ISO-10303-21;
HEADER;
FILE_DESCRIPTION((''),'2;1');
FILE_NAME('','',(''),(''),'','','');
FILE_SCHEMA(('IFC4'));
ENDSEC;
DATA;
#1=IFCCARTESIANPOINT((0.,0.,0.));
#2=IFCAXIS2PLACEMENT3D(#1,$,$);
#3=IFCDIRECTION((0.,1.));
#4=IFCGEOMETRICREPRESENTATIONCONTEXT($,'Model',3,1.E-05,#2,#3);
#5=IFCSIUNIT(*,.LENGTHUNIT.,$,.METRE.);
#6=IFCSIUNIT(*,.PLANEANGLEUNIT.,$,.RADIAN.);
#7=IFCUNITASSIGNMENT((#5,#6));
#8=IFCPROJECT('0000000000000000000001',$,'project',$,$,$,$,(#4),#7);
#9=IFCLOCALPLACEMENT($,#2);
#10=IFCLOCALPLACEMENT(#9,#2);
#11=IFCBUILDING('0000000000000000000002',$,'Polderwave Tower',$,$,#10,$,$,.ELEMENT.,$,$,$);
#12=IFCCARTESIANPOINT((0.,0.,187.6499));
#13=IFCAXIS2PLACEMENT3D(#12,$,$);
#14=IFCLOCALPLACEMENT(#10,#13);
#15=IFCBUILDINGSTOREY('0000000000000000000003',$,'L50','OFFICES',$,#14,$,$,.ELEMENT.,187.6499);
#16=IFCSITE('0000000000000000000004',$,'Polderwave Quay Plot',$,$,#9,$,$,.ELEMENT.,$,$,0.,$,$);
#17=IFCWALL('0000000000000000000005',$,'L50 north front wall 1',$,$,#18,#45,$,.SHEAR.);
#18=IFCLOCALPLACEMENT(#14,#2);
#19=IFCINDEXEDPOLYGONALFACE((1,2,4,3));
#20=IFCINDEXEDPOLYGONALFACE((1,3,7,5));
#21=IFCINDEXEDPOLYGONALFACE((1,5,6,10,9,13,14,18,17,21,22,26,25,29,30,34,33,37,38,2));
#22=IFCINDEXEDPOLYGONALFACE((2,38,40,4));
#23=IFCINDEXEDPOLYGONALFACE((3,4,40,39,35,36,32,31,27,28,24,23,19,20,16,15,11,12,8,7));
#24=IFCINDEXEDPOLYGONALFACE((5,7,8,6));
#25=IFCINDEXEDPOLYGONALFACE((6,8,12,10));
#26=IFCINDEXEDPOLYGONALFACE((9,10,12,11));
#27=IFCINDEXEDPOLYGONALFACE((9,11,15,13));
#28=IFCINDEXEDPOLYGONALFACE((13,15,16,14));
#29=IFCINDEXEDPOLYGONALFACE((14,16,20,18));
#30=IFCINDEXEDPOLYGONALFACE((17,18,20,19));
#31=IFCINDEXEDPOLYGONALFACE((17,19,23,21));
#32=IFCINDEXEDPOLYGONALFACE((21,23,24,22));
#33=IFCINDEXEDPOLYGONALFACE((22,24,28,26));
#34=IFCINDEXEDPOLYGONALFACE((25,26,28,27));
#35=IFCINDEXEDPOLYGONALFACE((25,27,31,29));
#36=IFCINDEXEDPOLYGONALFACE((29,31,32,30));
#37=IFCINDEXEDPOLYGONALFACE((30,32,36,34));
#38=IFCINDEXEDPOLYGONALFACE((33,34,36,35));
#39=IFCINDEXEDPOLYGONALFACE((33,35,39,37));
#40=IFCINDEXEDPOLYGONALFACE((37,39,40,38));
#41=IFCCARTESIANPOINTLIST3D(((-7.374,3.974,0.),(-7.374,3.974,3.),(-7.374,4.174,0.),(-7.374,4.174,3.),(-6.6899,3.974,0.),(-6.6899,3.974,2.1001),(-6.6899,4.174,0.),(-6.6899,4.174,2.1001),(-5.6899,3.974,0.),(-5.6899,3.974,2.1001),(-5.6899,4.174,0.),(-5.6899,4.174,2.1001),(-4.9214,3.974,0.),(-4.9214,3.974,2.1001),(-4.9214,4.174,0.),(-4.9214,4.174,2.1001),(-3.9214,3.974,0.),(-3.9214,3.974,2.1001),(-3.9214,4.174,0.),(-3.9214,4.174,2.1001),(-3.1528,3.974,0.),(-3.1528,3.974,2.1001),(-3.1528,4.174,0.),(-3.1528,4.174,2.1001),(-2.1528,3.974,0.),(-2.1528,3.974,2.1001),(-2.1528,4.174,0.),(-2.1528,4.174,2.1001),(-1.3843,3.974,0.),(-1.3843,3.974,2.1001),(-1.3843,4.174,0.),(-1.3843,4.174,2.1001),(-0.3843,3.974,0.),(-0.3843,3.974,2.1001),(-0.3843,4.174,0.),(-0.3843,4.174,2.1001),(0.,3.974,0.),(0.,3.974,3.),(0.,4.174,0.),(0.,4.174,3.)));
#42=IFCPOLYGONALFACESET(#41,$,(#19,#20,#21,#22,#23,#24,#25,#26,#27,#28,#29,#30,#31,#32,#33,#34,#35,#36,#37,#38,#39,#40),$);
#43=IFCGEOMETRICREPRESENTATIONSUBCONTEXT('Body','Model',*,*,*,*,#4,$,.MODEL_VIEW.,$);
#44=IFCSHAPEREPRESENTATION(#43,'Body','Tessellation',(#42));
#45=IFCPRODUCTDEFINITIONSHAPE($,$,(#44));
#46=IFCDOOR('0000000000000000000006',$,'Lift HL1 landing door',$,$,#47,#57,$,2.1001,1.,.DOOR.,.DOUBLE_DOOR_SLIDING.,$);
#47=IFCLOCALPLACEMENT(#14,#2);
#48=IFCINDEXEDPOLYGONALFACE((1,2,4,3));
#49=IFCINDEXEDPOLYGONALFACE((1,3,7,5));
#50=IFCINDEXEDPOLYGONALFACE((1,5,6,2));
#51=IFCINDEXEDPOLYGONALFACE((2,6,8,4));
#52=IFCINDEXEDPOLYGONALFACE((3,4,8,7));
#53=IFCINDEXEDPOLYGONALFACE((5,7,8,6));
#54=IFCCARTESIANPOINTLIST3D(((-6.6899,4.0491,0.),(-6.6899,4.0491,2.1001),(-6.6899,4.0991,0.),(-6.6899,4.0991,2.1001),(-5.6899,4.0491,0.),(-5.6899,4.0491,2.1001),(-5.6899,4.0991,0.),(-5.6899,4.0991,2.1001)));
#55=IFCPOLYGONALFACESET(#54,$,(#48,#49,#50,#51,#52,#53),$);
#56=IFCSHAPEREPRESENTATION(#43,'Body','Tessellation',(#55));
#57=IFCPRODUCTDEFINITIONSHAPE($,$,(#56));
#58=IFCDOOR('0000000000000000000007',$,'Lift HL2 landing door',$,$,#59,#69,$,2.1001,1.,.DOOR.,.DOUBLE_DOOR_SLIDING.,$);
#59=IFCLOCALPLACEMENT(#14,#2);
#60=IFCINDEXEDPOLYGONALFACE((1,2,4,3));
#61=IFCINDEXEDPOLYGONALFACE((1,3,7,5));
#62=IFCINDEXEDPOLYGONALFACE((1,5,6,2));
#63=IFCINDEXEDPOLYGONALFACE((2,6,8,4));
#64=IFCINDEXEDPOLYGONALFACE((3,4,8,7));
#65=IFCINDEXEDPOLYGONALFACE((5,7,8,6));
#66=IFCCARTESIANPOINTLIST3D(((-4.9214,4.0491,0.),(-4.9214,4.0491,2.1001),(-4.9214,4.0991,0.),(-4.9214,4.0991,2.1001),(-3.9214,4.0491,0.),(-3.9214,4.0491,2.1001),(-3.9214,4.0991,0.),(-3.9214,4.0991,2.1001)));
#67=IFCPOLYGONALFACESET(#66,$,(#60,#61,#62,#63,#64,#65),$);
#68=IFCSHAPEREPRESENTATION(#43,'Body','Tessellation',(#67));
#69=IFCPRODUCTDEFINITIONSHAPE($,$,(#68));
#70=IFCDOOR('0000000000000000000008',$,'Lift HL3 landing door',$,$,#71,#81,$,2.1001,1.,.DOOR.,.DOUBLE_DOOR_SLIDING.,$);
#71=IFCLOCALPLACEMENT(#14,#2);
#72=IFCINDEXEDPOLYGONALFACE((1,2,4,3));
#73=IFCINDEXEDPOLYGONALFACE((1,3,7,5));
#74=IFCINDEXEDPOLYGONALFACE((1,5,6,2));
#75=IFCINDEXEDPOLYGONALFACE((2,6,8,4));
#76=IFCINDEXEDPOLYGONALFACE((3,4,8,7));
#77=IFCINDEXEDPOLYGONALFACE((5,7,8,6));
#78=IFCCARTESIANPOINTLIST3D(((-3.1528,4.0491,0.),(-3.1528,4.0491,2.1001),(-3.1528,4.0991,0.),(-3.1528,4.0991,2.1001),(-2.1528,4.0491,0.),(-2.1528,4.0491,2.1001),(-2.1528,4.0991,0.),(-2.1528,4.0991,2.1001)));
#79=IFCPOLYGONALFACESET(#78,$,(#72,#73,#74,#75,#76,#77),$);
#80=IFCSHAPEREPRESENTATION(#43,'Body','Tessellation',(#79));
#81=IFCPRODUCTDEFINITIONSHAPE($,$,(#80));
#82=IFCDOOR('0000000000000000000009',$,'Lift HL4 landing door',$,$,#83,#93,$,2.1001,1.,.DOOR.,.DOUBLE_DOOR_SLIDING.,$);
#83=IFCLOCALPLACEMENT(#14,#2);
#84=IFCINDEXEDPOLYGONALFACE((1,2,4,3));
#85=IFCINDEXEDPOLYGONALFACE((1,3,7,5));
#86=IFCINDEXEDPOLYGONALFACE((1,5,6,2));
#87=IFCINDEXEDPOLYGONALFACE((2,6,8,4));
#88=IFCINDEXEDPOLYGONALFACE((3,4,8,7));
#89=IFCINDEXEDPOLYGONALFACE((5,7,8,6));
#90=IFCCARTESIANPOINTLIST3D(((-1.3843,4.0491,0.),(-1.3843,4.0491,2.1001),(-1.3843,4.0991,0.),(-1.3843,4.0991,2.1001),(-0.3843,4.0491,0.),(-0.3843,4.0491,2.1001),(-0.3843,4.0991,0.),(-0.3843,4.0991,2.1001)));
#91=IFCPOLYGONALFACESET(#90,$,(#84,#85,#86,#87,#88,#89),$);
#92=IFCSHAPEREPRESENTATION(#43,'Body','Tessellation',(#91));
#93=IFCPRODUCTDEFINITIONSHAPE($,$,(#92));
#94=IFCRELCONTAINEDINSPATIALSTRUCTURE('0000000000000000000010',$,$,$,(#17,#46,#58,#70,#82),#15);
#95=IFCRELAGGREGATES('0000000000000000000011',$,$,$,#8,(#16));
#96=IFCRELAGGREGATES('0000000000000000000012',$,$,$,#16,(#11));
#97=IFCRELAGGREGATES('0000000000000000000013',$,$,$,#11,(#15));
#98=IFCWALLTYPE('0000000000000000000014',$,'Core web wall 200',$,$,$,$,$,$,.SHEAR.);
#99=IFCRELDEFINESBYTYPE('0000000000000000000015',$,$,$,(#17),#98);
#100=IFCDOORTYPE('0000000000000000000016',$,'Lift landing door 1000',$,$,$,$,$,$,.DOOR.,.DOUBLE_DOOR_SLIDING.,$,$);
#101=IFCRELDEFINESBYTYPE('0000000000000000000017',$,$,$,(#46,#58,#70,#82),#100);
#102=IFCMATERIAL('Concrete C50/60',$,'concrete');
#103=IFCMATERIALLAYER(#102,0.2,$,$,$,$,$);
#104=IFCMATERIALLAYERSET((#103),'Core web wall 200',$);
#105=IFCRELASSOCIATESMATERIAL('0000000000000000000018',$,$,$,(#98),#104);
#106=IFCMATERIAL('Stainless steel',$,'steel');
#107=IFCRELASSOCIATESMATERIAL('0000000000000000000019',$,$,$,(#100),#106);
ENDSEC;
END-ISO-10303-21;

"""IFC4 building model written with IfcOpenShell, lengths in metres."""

from ifc_helpers import new_model, si_unit, direction, frame, frame_2d, origin, place, context, subcontext, project, spatial, rectangle, extrude, material, layer, layer_set, type_object, element, fill, save


model = new_model("IFC4")

# Units and contexts
model_context = context("Model", 3, precision=1e-05, world=origin(), true_north=direction((0.0, 1.0)))
body_context = subcontext(model_context, "Body", "Model", "MODEL_VIEW")
ifc_project = project(units=[si_unit("LENGTHUNIT", "METRE"), si_unit("PLANEANGLEUNIT", "RADIAN")], contexts=[model_context])

# Site, building, storey
site_placement = place(None, origin())
site = spatial("IfcSite", under=ifc_project, at=site_placement, Name="Polderwave Quay Plot", CompositionType="ELEMENT", RefElevation=0.0)
building_placement = place(site_placement, origin())
building = spatial("IfcBuilding", under=site, at=building_placement, Name="Polderwave Tower", CompositionType="ELEMENT")
storey_placement = place(building_placement, frame((0.0, 0.0, 187.6499)))
storey = spatial("IfcBuildingStorey", under=building, at=storey_placement, Name="L50", Description="OFFICES", CompositionType="ELEMENT", Elevation=187.6499)

# Wall, openings, doors
ifc_material_1 = material(Name="Concrete C50/60", Category="concrete")
ifc_layer_1 = layer(ifc_material_1, 0.2)
ifc_layer_set_1 = layer_set([ifc_layer_1], Name="Core web wall 200")
wall_type_1 = type_object("IfcWallType", Name="Core web wall 200", PredefinedType="SHEAR", material=ifc_layer_set_1)
wall_1_placement = place(storey_placement, frame((-7.374, 4.074, 0.0), z_axis=(0.0, 0.0, 1.0), x_axis=(1.0, 0.0, 0.0)))
wall_1 = element("IfcWall", 1, at=wall_1_placement, inside=storey, type_object=wall_type_1, Name="L50 north front wall 1", PredefinedType="SHEAR", context=body_context, shape_type="SweptSolid", body=[
    extrude(rectangle(XDim=7.374, YDim=0.2, at=frame_2d((3.687, 0.0))), origin(), (0.0, 0.0, 1.0), 3.0),
])
opening_1_placement = place(wall_1_placement, frame((0.6841, 0.0, 0.0)))
opening_1 = element("IfcOpeningElement", 2, at=opening_1_placement, cuts=wall_1, PredefinedType="OPENING", context=body_context, shape_type="SweptSolid", body=[
    extrude(rectangle(XDim=1.0, YDim=2.1001, at=frame_2d((0.5, 1.05))), frame((0.0, 0.1099, 0.0), z_axis=(0.0, -1.0, 0.0), x_axis=(1.0, 0.0, 0.0)), (0.0, 0.0, 1.0), 0.22),
])
opening_2_placement = place(wall_1_placement, frame((2.4526, 0.0, 0.0)))
opening_2 = element("IfcOpeningElement", 3, at=opening_2_placement, cuts=wall_1, PredefinedType="OPENING", context=body_context, shape_type="SweptSolid", body=[
    extrude(rectangle(XDim=1.0, YDim=2.1001, at=frame_2d((0.5, 1.05))), frame((0.0, 0.1099, 0.0), z_axis=(0.0, -1.0, 0.0), x_axis=(1.0, 0.0, 0.0)), (0.0, 0.0, 1.0), 0.22),
])
opening_3_placement = place(wall_1_placement, frame((4.2212, 0.0, 0.0)))
opening_3 = element("IfcOpeningElement", 4, at=opening_3_placement, cuts=wall_1, PredefinedType="OPENING", context=body_context, shape_type="SweptSolid", body=[
    extrude(rectangle(XDim=1.0, YDim=2.1001, at=frame_2d((0.5, 1.05))), frame((0.0, 0.1099, 0.0), z_axis=(0.0, -1.0, 0.0), x_axis=(1.0, 0.0, 0.0)), (0.0, 0.0, 1.0), 0.22),
])
opening_4_placement = place(wall_1_placement, frame((5.9897, 0.0, 0.0)))
opening_4 = element("IfcOpeningElement", 5, at=opening_4_placement, cuts=wall_1, PredefinedType="OPENING", context=body_context, shape_type="SweptSolid", body=[
    extrude(rectangle(XDim=1.0, YDim=2.1001, at=frame_2d((0.5, 1.05))), frame((0.0, 0.1099, 0.0), z_axis=(0.0, -1.0, 0.0), x_axis=(1.0, 0.0, 0.0)), (0.0, 0.0, 1.0), 0.22),
])
ifc_material_2 = material(Name="Stainless steel", Category="steel")
door_type_1 = type_object("IfcDoorType", Name="Lift landing door 1000", OperationType="DOUBLE_DOOR_SLIDING", PredefinedType="DOOR", material=ifc_material_2)
door_1_placement = place(opening_1_placement, frame((1.0, 0.0, 0.0), z_axis=(0.0, 0.0, 1.0), x_axis=(-1.0, 0.0, 0.0)))
door_1 = element("IfcDoor", 6, at=door_1_placement, inside=storey, type_object=door_type_1, Name="Lift HL1 landing door", OperationType="DOUBLE_DOOR_SLIDING", OverallHeight=2.1001, OverallWidth=1.0, PredefinedType="DOOR", context=body_context, shape_type="SweptSolid", body=[
    extrude(rectangle(XDim=1.0, YDim=2.1001, at=frame_2d((0.5, 1.05))), frame((0.0, 0.0249, 0.0), z_axis=(0.0, -1.0, 0.0), x_axis=(1.0, 0.0, 0.0)), (0.0, 0.0, 1.0), 0.05),
])
fill(opening_1, door_1)
door_2_placement = place(opening_2_placement, frame((1.0, 0.0, 0.0), z_axis=(0.0, 0.0, 1.0), x_axis=(-1.0, 0.0, 0.0)))
door_2 = element("IfcDoor", 7, at=door_2_placement, inside=storey, type_object=door_type_1, Name="Lift HL2 landing door", OperationType="DOUBLE_DOOR_SLIDING", OverallHeight=2.1001, OverallWidth=1.0, PredefinedType="DOOR", context=body_context, shape_type="SweptSolid", body=[
    extrude(rectangle(XDim=1.0, YDim=2.1001, at=frame_2d((0.5, 1.05))), frame((0.0, 0.0249, 0.0), z_axis=(0.0, -1.0, 0.0), x_axis=(1.0, 0.0, 0.0)), (0.0, 0.0, 1.0), 0.05),
])
fill(opening_2, door_2)
door_3_placement = place(opening_3_placement, frame((1.0, 0.0, 0.0), z_axis=(0.0, 0.0, 1.0), x_axis=(-1.0, 0.0, 0.0)))
door_3 = element("IfcDoor", 8, at=door_3_placement, inside=storey, type_object=door_type_1, Name="Lift HL3 landing door", OperationType="DOUBLE_DOOR_SLIDING", OverallHeight=2.1001, OverallWidth=1.0, PredefinedType="DOOR", context=body_context, shape_type="SweptSolid", body=[
    extrude(rectangle(XDim=1.0, YDim=2.1001, at=frame_2d((0.5, 1.05))), frame((0.0, 0.0249, 0.0), z_axis=(0.0, -1.0, 0.0), x_axis=(1.0, 0.0, 0.0)), (0.0, 0.0, 1.0), 0.05),
])
fill(opening_3, door_3)
door_4_placement = place(opening_4_placement, frame((1.0, 0.0, 0.0), z_axis=(0.0, 0.0, 1.0), x_axis=(-1.0, 0.0, 0.0)))
door_4 = element("IfcDoor", 9, at=door_4_placement, inside=storey, type_object=door_type_1, Name="Lift HL4 landing door", OperationType="DOUBLE_DOOR_SLIDING", OverallHeight=2.1001, OverallWidth=1.0, PredefinedType="DOOR", context=body_context, shape_type="SweptSolid", body=[
    extrude(rectangle(XDim=1.0, YDim=2.1001, at=frame_2d((0.5, 1.05))), frame((0.0, 0.0249, 0.0), z_axis=(0.0, -1.0, 0.0), x_axis=(1.0, 0.0, 0.0)), (0.0, 0.0, 1.0), 0.05),
])
fill(opening_4, door_4)

save(model, "model.ifc")
